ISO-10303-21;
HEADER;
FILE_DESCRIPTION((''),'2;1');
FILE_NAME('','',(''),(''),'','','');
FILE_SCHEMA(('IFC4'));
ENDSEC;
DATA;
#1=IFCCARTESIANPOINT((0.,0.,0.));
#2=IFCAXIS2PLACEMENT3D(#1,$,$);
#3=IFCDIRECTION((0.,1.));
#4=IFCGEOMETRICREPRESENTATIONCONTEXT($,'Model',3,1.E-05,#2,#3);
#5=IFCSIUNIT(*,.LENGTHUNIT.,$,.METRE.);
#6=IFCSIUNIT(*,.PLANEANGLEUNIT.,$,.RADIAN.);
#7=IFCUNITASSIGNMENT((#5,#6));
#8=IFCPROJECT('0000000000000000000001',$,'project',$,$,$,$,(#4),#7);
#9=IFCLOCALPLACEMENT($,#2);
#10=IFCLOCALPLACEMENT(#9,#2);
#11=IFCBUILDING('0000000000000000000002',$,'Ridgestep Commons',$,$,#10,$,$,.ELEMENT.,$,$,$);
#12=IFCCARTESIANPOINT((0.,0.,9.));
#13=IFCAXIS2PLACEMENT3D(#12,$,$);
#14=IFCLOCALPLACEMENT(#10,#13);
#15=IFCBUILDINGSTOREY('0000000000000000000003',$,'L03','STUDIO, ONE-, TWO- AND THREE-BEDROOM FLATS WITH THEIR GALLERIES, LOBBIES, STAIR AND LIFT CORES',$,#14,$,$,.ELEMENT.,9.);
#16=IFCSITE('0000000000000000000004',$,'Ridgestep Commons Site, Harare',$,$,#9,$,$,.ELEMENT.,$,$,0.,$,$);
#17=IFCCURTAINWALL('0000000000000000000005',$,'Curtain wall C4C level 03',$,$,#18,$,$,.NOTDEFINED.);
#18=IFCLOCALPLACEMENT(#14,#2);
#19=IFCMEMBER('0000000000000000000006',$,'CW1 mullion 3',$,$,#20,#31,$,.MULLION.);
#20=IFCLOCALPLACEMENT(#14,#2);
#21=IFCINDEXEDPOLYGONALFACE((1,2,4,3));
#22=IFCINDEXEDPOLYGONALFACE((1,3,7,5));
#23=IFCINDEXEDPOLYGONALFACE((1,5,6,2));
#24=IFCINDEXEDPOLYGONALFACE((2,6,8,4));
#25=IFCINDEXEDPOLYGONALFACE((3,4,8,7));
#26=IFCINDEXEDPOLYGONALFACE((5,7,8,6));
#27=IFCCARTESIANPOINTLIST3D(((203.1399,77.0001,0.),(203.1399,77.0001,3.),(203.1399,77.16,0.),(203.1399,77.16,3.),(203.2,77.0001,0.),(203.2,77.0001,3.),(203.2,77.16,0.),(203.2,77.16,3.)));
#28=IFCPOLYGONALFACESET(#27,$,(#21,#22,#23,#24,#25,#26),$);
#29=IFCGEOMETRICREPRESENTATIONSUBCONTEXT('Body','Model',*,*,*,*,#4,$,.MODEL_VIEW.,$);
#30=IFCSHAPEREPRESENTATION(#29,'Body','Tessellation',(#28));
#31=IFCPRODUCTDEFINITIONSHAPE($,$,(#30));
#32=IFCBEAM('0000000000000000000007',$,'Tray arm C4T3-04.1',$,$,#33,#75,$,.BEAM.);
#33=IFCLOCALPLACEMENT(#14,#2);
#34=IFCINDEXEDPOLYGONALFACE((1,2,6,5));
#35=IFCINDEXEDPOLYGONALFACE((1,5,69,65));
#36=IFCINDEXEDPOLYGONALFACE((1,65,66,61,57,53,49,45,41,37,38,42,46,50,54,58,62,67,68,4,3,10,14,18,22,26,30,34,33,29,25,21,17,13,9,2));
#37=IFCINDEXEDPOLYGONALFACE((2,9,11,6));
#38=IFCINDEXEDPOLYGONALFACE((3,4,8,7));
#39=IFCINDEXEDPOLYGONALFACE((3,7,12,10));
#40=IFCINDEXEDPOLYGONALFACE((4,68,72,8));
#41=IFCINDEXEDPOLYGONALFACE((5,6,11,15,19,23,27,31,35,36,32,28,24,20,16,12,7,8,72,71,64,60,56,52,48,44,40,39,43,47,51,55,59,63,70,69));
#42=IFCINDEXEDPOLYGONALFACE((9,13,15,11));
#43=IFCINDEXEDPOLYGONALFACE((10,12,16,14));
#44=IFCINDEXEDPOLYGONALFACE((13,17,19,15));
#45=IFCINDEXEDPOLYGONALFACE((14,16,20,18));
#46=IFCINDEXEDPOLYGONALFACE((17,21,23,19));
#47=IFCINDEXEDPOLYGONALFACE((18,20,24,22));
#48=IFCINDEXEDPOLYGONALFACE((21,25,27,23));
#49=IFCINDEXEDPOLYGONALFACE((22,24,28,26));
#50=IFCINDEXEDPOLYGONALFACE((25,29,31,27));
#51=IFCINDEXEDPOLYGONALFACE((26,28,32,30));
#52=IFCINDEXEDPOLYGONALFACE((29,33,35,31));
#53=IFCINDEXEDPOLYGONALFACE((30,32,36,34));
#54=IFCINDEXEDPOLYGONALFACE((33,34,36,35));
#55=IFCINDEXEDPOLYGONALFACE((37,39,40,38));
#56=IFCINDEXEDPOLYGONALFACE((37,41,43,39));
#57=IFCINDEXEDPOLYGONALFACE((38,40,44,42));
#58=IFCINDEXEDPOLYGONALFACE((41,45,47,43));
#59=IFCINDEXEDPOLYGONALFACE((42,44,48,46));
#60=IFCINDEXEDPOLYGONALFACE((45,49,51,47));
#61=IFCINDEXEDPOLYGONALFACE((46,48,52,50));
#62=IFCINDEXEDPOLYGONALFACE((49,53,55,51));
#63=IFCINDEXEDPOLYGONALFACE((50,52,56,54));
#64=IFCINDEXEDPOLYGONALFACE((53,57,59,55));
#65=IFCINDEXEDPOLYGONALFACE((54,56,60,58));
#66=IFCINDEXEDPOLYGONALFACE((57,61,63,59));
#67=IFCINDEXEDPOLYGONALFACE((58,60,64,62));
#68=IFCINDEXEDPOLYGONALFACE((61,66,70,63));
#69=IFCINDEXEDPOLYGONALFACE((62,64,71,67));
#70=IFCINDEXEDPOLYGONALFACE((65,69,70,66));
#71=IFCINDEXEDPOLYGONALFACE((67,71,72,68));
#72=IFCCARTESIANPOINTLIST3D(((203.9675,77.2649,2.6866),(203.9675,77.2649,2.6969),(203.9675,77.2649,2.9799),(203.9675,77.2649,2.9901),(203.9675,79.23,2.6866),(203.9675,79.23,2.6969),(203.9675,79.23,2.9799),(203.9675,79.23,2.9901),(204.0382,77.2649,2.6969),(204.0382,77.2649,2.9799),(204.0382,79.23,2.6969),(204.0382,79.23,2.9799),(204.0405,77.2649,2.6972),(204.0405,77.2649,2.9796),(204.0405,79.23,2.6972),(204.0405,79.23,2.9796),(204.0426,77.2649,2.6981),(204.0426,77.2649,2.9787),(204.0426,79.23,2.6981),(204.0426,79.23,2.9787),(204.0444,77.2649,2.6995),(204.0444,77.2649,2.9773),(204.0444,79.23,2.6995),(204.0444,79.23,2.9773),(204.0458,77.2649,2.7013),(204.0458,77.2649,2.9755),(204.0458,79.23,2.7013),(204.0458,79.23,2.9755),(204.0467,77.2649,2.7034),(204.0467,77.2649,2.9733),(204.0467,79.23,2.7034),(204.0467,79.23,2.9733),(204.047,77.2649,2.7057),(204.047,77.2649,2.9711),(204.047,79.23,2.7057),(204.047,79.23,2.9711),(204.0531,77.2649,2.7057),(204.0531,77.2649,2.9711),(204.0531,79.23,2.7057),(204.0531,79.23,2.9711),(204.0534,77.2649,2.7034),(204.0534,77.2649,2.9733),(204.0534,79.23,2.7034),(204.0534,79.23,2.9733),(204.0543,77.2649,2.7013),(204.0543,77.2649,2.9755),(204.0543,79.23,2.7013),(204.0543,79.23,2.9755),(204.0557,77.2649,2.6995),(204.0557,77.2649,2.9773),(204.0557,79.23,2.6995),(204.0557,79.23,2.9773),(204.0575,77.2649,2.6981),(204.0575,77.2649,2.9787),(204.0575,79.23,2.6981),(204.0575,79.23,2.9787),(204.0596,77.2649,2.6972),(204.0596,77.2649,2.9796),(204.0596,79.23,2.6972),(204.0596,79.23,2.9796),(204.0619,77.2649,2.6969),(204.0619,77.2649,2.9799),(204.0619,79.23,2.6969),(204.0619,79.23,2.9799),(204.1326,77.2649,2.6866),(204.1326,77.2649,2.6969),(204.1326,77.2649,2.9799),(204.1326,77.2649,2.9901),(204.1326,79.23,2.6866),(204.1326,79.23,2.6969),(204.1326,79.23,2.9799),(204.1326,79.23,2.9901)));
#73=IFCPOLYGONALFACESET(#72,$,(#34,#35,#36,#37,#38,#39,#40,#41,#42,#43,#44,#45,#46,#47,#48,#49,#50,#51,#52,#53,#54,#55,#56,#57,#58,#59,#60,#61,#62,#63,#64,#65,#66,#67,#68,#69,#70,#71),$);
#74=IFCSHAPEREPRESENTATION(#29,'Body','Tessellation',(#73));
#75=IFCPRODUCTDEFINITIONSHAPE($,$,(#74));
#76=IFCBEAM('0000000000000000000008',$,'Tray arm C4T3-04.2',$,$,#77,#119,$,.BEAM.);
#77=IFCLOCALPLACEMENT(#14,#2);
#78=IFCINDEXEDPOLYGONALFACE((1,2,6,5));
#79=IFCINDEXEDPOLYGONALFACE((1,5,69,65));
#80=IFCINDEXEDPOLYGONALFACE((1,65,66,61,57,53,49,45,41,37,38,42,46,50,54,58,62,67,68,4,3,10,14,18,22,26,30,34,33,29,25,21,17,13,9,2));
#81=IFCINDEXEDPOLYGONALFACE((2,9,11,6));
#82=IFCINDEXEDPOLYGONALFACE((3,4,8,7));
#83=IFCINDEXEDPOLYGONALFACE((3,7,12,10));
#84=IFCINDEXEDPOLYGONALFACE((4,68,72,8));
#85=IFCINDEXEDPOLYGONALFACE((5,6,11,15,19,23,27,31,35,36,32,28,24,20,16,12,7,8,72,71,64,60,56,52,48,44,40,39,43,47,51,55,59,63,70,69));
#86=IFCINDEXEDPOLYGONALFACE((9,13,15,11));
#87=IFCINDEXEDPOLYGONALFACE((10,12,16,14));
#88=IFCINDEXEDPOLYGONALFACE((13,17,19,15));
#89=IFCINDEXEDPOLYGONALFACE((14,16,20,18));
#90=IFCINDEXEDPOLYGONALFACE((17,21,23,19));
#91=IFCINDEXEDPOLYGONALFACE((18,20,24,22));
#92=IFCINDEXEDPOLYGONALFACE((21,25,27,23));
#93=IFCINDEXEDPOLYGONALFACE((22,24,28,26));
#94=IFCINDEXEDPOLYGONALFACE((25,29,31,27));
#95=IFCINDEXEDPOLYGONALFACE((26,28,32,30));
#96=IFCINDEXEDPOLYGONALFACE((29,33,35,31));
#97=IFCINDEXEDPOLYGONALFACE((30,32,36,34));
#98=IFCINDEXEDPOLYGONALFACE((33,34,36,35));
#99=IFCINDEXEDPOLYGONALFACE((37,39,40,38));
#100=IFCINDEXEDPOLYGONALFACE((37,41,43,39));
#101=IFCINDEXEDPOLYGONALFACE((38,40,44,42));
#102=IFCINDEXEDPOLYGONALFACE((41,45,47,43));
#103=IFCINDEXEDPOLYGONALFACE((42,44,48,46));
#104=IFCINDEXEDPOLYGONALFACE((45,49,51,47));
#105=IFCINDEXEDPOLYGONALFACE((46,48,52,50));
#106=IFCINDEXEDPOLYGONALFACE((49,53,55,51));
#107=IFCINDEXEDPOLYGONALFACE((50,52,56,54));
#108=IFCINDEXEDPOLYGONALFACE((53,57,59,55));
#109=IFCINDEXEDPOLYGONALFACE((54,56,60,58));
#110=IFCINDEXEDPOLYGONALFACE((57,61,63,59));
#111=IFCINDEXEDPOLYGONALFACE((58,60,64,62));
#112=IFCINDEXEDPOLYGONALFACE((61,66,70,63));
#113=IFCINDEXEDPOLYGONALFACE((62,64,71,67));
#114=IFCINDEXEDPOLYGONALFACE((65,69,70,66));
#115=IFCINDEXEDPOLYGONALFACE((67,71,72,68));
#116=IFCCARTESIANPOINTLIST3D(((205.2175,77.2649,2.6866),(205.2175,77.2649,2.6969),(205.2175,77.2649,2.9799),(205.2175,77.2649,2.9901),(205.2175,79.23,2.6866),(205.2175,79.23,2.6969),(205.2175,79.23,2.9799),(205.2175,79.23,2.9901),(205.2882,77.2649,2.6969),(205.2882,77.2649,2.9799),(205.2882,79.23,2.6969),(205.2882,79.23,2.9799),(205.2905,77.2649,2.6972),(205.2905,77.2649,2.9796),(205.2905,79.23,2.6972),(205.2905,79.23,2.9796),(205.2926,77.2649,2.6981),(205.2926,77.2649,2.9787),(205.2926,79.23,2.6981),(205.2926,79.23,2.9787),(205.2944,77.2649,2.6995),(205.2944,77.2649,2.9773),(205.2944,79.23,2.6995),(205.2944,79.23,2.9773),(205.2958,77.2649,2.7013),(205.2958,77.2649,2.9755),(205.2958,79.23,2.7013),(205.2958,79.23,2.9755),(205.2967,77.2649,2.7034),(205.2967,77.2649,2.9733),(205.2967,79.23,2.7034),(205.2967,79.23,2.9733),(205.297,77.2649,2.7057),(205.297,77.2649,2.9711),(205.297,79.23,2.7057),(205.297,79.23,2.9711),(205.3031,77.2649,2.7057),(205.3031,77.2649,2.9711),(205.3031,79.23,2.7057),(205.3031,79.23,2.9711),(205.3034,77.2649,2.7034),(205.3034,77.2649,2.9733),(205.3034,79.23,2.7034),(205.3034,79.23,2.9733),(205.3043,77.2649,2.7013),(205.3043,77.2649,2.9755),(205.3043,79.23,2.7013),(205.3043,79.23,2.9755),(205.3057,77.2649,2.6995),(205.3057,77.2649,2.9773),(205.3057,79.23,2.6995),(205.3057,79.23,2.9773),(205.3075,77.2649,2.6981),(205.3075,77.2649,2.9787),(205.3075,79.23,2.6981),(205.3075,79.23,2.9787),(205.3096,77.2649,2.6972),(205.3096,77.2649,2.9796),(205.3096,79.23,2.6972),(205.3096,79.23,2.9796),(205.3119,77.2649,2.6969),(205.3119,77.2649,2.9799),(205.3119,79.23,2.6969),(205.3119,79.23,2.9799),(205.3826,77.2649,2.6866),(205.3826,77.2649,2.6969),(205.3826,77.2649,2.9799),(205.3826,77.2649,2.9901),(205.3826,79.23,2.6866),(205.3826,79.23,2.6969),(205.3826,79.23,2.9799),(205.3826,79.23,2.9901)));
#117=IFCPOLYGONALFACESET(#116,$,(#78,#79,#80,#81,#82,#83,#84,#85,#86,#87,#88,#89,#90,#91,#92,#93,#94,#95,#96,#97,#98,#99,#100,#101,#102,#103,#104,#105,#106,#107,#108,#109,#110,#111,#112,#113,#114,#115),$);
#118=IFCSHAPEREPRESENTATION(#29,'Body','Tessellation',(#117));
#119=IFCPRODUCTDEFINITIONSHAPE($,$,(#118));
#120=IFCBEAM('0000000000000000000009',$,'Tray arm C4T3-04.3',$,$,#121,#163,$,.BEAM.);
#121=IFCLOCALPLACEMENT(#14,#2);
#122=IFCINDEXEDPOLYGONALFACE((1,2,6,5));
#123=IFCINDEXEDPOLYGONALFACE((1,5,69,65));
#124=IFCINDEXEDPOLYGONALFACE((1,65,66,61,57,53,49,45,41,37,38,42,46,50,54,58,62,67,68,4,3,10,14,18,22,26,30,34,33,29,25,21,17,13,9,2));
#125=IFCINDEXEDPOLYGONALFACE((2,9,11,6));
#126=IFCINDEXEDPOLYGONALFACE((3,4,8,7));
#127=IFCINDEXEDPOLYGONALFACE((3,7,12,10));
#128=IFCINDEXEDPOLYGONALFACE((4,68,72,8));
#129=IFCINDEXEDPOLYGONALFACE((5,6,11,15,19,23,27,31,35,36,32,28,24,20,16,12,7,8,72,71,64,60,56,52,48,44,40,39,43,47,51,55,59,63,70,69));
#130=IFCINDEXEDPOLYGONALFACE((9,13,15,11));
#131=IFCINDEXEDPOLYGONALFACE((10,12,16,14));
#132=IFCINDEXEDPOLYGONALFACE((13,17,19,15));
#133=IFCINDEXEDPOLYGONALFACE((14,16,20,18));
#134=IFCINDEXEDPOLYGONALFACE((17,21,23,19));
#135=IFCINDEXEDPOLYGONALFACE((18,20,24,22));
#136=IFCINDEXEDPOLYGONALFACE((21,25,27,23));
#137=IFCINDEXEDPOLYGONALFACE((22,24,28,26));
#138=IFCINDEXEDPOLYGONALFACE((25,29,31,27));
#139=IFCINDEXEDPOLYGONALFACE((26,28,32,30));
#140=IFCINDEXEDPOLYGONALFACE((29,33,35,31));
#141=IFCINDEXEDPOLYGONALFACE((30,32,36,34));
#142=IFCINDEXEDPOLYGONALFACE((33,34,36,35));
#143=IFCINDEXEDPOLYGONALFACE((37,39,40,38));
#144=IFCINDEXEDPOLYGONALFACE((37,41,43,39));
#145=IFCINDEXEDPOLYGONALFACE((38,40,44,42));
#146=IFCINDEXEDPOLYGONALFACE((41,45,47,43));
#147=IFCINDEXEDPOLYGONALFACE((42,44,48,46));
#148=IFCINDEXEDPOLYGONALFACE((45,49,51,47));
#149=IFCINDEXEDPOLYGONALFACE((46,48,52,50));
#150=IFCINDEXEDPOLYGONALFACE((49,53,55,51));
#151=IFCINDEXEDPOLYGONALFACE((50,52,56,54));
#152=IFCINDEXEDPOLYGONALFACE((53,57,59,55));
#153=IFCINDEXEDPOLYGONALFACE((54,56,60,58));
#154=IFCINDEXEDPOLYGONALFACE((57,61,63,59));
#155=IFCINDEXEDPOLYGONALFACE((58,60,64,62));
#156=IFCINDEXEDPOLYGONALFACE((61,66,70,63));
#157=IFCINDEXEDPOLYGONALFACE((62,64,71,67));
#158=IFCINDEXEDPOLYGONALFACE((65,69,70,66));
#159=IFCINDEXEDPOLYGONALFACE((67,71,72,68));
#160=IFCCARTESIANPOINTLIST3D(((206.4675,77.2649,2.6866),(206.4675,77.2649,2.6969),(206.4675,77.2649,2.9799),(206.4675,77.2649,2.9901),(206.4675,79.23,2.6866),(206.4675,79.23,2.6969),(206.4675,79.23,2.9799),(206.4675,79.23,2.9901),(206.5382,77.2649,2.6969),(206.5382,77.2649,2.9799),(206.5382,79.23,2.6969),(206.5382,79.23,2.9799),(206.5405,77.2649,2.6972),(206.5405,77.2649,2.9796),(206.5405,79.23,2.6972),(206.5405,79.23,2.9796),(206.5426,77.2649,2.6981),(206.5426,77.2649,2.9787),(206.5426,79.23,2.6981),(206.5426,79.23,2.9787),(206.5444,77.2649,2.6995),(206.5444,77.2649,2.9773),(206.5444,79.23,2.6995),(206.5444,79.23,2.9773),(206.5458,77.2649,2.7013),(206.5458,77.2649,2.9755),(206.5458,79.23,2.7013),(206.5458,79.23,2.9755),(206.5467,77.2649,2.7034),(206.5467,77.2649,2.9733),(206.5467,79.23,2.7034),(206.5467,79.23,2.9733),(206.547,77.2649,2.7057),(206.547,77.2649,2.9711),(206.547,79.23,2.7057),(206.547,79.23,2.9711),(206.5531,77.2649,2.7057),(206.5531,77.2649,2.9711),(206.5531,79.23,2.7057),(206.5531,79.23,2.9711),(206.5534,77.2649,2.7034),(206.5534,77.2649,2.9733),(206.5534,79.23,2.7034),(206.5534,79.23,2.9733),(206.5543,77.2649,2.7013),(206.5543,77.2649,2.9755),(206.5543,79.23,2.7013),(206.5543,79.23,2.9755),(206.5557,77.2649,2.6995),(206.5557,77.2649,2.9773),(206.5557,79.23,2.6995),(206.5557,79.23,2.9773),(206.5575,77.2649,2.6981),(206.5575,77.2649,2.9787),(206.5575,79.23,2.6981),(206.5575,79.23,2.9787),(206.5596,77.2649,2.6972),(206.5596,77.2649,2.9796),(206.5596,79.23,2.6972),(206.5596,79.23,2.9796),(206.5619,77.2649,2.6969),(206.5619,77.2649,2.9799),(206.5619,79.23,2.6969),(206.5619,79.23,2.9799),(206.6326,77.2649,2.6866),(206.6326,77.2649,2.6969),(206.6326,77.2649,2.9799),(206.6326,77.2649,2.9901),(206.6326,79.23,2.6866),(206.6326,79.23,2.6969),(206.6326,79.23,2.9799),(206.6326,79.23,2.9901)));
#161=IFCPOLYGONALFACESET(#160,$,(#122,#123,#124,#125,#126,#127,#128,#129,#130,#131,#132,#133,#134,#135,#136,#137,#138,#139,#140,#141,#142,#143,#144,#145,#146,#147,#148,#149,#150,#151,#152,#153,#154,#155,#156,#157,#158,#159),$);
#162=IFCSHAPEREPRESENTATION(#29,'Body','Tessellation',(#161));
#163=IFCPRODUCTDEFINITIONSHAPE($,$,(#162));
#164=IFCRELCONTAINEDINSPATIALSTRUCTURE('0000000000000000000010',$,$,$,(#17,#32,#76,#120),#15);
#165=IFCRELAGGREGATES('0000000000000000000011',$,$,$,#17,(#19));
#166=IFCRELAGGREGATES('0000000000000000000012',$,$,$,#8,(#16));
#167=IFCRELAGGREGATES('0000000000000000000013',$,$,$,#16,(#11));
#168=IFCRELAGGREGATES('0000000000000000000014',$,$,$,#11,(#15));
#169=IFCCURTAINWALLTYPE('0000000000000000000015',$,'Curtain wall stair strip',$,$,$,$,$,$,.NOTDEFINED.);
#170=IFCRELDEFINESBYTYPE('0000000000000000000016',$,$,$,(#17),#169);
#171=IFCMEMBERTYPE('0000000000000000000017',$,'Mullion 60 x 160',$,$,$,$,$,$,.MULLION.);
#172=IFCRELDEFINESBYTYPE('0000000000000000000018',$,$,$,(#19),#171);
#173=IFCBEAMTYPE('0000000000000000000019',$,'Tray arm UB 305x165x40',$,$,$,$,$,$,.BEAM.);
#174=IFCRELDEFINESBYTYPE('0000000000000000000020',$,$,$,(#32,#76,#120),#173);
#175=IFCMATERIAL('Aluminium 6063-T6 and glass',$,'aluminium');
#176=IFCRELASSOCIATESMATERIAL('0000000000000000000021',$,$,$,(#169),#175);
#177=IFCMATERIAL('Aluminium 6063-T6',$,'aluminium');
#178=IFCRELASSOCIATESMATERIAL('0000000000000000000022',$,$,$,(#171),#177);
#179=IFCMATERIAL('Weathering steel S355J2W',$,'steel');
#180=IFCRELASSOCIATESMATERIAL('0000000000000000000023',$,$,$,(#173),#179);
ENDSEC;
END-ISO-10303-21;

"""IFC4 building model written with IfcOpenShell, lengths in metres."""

from ifc_helpers import new_model, si_unit, direction, frame, origin, origin_2d, place, context, subcontext, project, spatial, rectangle, i_section, extrude, material, material_profile, profile_set, type_object, element, aggregate, save


model = new_model("IFC4")

# Units and contexts
model_context = context("Model", 3, precision=1e-05, world=origin(), true_north=direction((0.0, 1.0)))
body_context = subcontext(model_context, "Body", "Model", "MODEL_VIEW")
ifc_project = project(units=[si_unit("LENGTHUNIT", "METRE"), si_unit("PLANEANGLEUNIT", "RADIAN")], contexts=[model_context])

# Site, building, storey
site_placement = place(None, origin())
site = spatial("IfcSite", under=ifc_project, at=site_placement, Name="Ridgestep Commons Site, Harare", CompositionType="ELEMENT", RefElevation=0.0)
building_placement = place(site_placement, origin())
building = spatial("IfcBuilding", under=site, at=building_placement, Name="Ridgestep Commons", CompositionType="ELEMENT")
storey_placement = place(building_placement, frame((0.0, 0.0, 9.0)))
storey = spatial("IfcBuildingStorey", under=building, at=storey_placement, Name="L03", Description="STUDIO, ONE-, TWO- AND THREE-BEDROOM FLATS WITH THEIR GALLERIES, LOBBIES, STAIR AND LIFT CORES", CompositionType="ELEMENT", Elevation=9.0)

# Curtain wall, member
ifc_material_1 = material(Name="Aluminium 6063-T6 and glass", Category="aluminium")
curtain_wall_type = type_object("IfcCurtainWallType", Name="Curtain wall stair strip", PredefinedType="NOTDEFINED", material=ifc_material_1)
curtain_wall_placement = place(storey_placement, origin())
curtain_wall = element("IfcCurtainWall", 1, at=curtain_wall_placement, inside=storey, type_object=curtain_wall_type, Name="Curtain wall C4C level 03", PredefinedType="NOTDEFINED")
ifc_material_2 = material(Name="Aluminium 6063-T6", Category="aluminium")
ifc_material_profile_1 = material_profile(ifc_material_2, rectangle(XDim=0.1599, YDim=0.0601, at=origin_2d()), Name="Mullion 60 x 160")
ifc_profile_set_1 = profile_set([ifc_material_profile_1], Name="Aluminium 6063-T6")
member_type = type_object("IfcMemberType", Name="Mullion 60 x 160", PredefinedType="MULLION", material=ifc_profile_set_1)
member_placement = place(storey_placement, frame((203.1699, 77.0801, 0.0), z_axis=(0.0, 0.0, 1.0), x_axis=(0.0, 1.0, 0.0)))
member = element("IfcMember", 2, at=member_placement, type_object=member_type, Name="CW1 mullion 3", PredefinedType="MULLION", context=body_context, shape_type="SweptSolid", body=[
    extrude(rectangle(XDim=0.1599, YDim=0.0601, at=origin_2d()), origin(), (0.0, 0.0, 1.0), 3.0),
])
aggregate(curtain_wall, [member])

# Beams
ifc_material_3 = material(Name="Weathering steel S355J2W", Category="steel")
ifc_material_profile_2 = material_profile(ifc_material_3, i_section(OverallWidth=0.165, OverallDepth=0.3035, WebThickness=0.0061, FlangeThickness=0.0103, FilletRadius=0.0088, at=origin_2d()), Name="UB 305x165x40")
ifc_profile_set_2 = profile_set([ifc_material_profile_2], Name="Weathering steel S355J2W")
beam_type_1 = type_object("IfcBeamType", Name="Tray arm UB 305x165x40", PredefinedType="BEAM", material=ifc_profile_set_2)
for number, where, z_axis, x_axis, name in (
    (3, (204.05, 77.2649, 2.8384), (0.0, 1.0, 0.0), (-1.0, 0.0, 0.0), "Tray arm C4T3-04.1"),
    (4, (205.3, 77.2649, 2.8384), (0.0, 1.0, 0.0), (-1.0, 0.0, 0.0), "Tray arm C4T3-04.2"),
    (5, (206.55, 77.2649, 2.8384), (0.0, 1.0, 0.0), (-1.0, 0.0, 0.0), "Tray arm C4T3-04.3"),
):
    element("IfcBeam", number, at=place(storey_placement, frame(where, z_axis=z_axis, x_axis=x_axis)), inside=storey, type_object=beam_type_1, Name=name, PredefinedType="BEAM", context=body_context, shape_type="SweptSolid", body=[
        extrude(i_section(OverallWidth=0.165, OverallDepth=0.3035, WebThickness=0.0061, FlangeThickness=0.0103, FilletRadius=0.0088, at=origin_2d()), origin(), (0.0, 0.0, 1.0), 1.9651),
    ])

save(model, "model.ifc")
